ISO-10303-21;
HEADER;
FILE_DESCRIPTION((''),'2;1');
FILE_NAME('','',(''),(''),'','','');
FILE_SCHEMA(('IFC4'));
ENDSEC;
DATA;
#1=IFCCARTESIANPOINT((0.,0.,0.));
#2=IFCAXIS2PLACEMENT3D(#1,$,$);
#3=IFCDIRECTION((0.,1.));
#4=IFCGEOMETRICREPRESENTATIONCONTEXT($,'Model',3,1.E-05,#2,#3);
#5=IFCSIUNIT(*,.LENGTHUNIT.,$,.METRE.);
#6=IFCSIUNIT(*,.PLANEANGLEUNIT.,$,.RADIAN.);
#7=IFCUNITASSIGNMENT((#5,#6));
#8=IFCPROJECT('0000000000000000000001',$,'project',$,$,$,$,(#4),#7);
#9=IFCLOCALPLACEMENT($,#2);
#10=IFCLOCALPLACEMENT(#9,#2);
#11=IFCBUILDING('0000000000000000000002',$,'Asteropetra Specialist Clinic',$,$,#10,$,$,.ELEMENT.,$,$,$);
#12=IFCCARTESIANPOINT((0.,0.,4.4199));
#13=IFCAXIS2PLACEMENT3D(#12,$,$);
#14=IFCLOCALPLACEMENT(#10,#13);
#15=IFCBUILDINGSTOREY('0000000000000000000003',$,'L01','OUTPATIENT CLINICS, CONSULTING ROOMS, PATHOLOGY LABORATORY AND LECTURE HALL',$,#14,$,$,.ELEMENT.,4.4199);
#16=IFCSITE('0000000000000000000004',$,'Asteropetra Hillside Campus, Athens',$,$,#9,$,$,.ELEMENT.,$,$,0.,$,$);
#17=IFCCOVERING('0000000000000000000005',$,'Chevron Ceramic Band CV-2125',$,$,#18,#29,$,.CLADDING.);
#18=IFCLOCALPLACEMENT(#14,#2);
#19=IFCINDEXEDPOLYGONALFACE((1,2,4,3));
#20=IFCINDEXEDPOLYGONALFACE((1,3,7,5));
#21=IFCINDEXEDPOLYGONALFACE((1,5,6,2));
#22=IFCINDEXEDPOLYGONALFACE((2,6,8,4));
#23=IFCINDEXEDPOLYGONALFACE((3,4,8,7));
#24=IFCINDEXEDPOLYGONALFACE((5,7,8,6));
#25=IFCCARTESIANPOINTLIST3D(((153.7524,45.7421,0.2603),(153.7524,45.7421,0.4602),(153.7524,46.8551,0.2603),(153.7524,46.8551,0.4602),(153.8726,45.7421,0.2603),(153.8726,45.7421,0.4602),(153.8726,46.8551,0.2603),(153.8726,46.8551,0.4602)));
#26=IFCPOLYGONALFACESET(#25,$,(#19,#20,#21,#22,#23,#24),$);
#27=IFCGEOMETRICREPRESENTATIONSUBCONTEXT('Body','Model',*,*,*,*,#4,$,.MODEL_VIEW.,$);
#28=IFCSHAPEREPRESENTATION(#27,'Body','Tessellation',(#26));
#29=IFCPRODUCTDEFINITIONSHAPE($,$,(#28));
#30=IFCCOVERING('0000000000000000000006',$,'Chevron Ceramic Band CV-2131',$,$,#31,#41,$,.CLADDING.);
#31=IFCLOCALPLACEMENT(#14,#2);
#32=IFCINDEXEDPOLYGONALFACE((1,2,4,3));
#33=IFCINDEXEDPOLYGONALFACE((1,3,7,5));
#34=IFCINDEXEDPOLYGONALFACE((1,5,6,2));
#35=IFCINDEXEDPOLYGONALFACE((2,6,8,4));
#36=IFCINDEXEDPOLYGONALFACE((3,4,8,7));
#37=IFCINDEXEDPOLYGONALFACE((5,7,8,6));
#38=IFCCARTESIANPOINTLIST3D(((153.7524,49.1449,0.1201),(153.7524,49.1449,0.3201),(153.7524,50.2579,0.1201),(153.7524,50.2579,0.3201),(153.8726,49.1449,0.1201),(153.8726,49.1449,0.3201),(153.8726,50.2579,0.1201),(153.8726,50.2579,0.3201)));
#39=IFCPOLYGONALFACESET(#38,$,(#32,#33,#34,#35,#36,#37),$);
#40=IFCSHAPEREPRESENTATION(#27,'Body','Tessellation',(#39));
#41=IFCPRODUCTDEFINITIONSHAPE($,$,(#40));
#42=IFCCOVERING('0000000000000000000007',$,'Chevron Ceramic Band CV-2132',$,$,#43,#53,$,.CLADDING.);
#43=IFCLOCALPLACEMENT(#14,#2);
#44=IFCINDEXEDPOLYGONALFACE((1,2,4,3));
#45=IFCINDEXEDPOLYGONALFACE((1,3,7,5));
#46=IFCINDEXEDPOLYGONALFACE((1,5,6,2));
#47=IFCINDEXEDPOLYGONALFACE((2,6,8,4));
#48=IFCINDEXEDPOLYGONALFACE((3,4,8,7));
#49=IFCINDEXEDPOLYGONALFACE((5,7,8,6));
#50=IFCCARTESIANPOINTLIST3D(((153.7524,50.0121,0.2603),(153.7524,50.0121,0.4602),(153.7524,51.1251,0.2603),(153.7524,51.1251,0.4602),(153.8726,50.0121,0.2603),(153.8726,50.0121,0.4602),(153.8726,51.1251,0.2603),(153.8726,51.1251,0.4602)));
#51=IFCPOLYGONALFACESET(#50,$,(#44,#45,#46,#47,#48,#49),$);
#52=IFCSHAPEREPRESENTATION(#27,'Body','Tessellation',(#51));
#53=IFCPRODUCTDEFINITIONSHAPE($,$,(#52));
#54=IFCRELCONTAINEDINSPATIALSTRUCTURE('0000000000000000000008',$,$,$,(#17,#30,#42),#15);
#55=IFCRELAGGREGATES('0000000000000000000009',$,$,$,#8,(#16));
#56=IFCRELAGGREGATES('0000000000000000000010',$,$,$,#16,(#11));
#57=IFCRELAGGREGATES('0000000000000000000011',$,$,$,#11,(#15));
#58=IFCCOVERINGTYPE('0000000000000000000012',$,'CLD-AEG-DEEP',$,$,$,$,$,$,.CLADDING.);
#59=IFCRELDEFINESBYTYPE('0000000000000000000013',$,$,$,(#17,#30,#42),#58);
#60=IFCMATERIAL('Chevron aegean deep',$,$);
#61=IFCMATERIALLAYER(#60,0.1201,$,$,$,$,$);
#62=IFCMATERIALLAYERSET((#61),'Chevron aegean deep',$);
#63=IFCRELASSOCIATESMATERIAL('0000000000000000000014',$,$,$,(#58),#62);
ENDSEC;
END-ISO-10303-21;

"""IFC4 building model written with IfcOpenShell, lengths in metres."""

from ifc_helpers import new_model, si_unit, direction, frame, origin, origin_2d, place, context, subcontext, project, spatial, rectangle, extrude, material, layer, layer_set, type_object, element, save


model = new_model("IFC4")

# Units and contexts
model_context = context("Model", 3, precision=1e-05, world=origin(), true_north=direction((0.0, 1.0)))
body_context = subcontext(model_context, "Body", "Model", "MODEL_VIEW")
ifc_project = project(units=[si_unit("LENGTHUNIT", "METRE"), si_unit("PLANEANGLEUNIT", "RADIAN")], contexts=[model_context])

# Site, building, storey
site_placement = place(None, origin())
site = spatial("IfcSite", under=ifc_project, at=site_placement, Name="Asteropetra Hillside Campus, Athens", CompositionType="ELEMENT", RefElevation=0.0)
building_placement = place(site_placement, origin())
building = spatial("IfcBuilding", under=site, at=building_placement, Name="Asteropetra Specialist Clinic", CompositionType="ELEMENT")
storey_placement = place(building_placement, frame((0.0, 0.0, 4.4199)))
storey = spatial("IfcBuildingStorey", under=building, at=storey_placement, Name="L01", Description="OUTPATIENT CLINICS, CONSULTING ROOMS, PATHOLOGY LABORATORY AND LECTURE HALL", CompositionType="ELEMENT", Elevation=4.4199)

# Coverings
ifc_material_1 = material(Name="Chevron aegean deep")
ifc_layer_1 = layer(ifc_material_1, 0.1201)
ifc_layer_set_1 = layer_set([ifc_layer_1], Name="Chevron aegean deep")
covering_type = type_object("IfcCoveringType", Name="CLD-AEG-DEEP", PredefinedType="CLADDING", material=ifc_layer_set_1)
for number, where, z_axis, x_axis, name in (
    (1, (153.8125, 46.2986, 0.2603), (0.0, 0.0, 1.0), (1.0, 0.0, 0.0), "Chevron Ceramic Band CV-2125"),
    (2, (153.8125, 49.7014, 0.1201), (0.0, 0.0, 1.0), (1.0, 0.0, 0.0), "Chevron Ceramic Band CV-2131"),
    (3, (153.8125, 50.5686, 0.2603), (0.0, 0.0, 1.0), (1.0, 0.0, 0.0), "Chevron Ceramic Band CV-2132"),
):
    element("IfcCovering", number, at=place(storey_placement, frame(where, z_axis=z_axis, x_axis=x_axis)), inside=storey, type_object=covering_type, Name=name, PredefinedType="CLADDING", context=body_context, shape_type="SweptSolid", body=[
        extrude(rectangle(XDim=0.1201, YDim=1.113, at=origin_2d()), origin(), (0.0, 0.0, 1.0), 0.2),
    ])

save(model, "model.ifc")
